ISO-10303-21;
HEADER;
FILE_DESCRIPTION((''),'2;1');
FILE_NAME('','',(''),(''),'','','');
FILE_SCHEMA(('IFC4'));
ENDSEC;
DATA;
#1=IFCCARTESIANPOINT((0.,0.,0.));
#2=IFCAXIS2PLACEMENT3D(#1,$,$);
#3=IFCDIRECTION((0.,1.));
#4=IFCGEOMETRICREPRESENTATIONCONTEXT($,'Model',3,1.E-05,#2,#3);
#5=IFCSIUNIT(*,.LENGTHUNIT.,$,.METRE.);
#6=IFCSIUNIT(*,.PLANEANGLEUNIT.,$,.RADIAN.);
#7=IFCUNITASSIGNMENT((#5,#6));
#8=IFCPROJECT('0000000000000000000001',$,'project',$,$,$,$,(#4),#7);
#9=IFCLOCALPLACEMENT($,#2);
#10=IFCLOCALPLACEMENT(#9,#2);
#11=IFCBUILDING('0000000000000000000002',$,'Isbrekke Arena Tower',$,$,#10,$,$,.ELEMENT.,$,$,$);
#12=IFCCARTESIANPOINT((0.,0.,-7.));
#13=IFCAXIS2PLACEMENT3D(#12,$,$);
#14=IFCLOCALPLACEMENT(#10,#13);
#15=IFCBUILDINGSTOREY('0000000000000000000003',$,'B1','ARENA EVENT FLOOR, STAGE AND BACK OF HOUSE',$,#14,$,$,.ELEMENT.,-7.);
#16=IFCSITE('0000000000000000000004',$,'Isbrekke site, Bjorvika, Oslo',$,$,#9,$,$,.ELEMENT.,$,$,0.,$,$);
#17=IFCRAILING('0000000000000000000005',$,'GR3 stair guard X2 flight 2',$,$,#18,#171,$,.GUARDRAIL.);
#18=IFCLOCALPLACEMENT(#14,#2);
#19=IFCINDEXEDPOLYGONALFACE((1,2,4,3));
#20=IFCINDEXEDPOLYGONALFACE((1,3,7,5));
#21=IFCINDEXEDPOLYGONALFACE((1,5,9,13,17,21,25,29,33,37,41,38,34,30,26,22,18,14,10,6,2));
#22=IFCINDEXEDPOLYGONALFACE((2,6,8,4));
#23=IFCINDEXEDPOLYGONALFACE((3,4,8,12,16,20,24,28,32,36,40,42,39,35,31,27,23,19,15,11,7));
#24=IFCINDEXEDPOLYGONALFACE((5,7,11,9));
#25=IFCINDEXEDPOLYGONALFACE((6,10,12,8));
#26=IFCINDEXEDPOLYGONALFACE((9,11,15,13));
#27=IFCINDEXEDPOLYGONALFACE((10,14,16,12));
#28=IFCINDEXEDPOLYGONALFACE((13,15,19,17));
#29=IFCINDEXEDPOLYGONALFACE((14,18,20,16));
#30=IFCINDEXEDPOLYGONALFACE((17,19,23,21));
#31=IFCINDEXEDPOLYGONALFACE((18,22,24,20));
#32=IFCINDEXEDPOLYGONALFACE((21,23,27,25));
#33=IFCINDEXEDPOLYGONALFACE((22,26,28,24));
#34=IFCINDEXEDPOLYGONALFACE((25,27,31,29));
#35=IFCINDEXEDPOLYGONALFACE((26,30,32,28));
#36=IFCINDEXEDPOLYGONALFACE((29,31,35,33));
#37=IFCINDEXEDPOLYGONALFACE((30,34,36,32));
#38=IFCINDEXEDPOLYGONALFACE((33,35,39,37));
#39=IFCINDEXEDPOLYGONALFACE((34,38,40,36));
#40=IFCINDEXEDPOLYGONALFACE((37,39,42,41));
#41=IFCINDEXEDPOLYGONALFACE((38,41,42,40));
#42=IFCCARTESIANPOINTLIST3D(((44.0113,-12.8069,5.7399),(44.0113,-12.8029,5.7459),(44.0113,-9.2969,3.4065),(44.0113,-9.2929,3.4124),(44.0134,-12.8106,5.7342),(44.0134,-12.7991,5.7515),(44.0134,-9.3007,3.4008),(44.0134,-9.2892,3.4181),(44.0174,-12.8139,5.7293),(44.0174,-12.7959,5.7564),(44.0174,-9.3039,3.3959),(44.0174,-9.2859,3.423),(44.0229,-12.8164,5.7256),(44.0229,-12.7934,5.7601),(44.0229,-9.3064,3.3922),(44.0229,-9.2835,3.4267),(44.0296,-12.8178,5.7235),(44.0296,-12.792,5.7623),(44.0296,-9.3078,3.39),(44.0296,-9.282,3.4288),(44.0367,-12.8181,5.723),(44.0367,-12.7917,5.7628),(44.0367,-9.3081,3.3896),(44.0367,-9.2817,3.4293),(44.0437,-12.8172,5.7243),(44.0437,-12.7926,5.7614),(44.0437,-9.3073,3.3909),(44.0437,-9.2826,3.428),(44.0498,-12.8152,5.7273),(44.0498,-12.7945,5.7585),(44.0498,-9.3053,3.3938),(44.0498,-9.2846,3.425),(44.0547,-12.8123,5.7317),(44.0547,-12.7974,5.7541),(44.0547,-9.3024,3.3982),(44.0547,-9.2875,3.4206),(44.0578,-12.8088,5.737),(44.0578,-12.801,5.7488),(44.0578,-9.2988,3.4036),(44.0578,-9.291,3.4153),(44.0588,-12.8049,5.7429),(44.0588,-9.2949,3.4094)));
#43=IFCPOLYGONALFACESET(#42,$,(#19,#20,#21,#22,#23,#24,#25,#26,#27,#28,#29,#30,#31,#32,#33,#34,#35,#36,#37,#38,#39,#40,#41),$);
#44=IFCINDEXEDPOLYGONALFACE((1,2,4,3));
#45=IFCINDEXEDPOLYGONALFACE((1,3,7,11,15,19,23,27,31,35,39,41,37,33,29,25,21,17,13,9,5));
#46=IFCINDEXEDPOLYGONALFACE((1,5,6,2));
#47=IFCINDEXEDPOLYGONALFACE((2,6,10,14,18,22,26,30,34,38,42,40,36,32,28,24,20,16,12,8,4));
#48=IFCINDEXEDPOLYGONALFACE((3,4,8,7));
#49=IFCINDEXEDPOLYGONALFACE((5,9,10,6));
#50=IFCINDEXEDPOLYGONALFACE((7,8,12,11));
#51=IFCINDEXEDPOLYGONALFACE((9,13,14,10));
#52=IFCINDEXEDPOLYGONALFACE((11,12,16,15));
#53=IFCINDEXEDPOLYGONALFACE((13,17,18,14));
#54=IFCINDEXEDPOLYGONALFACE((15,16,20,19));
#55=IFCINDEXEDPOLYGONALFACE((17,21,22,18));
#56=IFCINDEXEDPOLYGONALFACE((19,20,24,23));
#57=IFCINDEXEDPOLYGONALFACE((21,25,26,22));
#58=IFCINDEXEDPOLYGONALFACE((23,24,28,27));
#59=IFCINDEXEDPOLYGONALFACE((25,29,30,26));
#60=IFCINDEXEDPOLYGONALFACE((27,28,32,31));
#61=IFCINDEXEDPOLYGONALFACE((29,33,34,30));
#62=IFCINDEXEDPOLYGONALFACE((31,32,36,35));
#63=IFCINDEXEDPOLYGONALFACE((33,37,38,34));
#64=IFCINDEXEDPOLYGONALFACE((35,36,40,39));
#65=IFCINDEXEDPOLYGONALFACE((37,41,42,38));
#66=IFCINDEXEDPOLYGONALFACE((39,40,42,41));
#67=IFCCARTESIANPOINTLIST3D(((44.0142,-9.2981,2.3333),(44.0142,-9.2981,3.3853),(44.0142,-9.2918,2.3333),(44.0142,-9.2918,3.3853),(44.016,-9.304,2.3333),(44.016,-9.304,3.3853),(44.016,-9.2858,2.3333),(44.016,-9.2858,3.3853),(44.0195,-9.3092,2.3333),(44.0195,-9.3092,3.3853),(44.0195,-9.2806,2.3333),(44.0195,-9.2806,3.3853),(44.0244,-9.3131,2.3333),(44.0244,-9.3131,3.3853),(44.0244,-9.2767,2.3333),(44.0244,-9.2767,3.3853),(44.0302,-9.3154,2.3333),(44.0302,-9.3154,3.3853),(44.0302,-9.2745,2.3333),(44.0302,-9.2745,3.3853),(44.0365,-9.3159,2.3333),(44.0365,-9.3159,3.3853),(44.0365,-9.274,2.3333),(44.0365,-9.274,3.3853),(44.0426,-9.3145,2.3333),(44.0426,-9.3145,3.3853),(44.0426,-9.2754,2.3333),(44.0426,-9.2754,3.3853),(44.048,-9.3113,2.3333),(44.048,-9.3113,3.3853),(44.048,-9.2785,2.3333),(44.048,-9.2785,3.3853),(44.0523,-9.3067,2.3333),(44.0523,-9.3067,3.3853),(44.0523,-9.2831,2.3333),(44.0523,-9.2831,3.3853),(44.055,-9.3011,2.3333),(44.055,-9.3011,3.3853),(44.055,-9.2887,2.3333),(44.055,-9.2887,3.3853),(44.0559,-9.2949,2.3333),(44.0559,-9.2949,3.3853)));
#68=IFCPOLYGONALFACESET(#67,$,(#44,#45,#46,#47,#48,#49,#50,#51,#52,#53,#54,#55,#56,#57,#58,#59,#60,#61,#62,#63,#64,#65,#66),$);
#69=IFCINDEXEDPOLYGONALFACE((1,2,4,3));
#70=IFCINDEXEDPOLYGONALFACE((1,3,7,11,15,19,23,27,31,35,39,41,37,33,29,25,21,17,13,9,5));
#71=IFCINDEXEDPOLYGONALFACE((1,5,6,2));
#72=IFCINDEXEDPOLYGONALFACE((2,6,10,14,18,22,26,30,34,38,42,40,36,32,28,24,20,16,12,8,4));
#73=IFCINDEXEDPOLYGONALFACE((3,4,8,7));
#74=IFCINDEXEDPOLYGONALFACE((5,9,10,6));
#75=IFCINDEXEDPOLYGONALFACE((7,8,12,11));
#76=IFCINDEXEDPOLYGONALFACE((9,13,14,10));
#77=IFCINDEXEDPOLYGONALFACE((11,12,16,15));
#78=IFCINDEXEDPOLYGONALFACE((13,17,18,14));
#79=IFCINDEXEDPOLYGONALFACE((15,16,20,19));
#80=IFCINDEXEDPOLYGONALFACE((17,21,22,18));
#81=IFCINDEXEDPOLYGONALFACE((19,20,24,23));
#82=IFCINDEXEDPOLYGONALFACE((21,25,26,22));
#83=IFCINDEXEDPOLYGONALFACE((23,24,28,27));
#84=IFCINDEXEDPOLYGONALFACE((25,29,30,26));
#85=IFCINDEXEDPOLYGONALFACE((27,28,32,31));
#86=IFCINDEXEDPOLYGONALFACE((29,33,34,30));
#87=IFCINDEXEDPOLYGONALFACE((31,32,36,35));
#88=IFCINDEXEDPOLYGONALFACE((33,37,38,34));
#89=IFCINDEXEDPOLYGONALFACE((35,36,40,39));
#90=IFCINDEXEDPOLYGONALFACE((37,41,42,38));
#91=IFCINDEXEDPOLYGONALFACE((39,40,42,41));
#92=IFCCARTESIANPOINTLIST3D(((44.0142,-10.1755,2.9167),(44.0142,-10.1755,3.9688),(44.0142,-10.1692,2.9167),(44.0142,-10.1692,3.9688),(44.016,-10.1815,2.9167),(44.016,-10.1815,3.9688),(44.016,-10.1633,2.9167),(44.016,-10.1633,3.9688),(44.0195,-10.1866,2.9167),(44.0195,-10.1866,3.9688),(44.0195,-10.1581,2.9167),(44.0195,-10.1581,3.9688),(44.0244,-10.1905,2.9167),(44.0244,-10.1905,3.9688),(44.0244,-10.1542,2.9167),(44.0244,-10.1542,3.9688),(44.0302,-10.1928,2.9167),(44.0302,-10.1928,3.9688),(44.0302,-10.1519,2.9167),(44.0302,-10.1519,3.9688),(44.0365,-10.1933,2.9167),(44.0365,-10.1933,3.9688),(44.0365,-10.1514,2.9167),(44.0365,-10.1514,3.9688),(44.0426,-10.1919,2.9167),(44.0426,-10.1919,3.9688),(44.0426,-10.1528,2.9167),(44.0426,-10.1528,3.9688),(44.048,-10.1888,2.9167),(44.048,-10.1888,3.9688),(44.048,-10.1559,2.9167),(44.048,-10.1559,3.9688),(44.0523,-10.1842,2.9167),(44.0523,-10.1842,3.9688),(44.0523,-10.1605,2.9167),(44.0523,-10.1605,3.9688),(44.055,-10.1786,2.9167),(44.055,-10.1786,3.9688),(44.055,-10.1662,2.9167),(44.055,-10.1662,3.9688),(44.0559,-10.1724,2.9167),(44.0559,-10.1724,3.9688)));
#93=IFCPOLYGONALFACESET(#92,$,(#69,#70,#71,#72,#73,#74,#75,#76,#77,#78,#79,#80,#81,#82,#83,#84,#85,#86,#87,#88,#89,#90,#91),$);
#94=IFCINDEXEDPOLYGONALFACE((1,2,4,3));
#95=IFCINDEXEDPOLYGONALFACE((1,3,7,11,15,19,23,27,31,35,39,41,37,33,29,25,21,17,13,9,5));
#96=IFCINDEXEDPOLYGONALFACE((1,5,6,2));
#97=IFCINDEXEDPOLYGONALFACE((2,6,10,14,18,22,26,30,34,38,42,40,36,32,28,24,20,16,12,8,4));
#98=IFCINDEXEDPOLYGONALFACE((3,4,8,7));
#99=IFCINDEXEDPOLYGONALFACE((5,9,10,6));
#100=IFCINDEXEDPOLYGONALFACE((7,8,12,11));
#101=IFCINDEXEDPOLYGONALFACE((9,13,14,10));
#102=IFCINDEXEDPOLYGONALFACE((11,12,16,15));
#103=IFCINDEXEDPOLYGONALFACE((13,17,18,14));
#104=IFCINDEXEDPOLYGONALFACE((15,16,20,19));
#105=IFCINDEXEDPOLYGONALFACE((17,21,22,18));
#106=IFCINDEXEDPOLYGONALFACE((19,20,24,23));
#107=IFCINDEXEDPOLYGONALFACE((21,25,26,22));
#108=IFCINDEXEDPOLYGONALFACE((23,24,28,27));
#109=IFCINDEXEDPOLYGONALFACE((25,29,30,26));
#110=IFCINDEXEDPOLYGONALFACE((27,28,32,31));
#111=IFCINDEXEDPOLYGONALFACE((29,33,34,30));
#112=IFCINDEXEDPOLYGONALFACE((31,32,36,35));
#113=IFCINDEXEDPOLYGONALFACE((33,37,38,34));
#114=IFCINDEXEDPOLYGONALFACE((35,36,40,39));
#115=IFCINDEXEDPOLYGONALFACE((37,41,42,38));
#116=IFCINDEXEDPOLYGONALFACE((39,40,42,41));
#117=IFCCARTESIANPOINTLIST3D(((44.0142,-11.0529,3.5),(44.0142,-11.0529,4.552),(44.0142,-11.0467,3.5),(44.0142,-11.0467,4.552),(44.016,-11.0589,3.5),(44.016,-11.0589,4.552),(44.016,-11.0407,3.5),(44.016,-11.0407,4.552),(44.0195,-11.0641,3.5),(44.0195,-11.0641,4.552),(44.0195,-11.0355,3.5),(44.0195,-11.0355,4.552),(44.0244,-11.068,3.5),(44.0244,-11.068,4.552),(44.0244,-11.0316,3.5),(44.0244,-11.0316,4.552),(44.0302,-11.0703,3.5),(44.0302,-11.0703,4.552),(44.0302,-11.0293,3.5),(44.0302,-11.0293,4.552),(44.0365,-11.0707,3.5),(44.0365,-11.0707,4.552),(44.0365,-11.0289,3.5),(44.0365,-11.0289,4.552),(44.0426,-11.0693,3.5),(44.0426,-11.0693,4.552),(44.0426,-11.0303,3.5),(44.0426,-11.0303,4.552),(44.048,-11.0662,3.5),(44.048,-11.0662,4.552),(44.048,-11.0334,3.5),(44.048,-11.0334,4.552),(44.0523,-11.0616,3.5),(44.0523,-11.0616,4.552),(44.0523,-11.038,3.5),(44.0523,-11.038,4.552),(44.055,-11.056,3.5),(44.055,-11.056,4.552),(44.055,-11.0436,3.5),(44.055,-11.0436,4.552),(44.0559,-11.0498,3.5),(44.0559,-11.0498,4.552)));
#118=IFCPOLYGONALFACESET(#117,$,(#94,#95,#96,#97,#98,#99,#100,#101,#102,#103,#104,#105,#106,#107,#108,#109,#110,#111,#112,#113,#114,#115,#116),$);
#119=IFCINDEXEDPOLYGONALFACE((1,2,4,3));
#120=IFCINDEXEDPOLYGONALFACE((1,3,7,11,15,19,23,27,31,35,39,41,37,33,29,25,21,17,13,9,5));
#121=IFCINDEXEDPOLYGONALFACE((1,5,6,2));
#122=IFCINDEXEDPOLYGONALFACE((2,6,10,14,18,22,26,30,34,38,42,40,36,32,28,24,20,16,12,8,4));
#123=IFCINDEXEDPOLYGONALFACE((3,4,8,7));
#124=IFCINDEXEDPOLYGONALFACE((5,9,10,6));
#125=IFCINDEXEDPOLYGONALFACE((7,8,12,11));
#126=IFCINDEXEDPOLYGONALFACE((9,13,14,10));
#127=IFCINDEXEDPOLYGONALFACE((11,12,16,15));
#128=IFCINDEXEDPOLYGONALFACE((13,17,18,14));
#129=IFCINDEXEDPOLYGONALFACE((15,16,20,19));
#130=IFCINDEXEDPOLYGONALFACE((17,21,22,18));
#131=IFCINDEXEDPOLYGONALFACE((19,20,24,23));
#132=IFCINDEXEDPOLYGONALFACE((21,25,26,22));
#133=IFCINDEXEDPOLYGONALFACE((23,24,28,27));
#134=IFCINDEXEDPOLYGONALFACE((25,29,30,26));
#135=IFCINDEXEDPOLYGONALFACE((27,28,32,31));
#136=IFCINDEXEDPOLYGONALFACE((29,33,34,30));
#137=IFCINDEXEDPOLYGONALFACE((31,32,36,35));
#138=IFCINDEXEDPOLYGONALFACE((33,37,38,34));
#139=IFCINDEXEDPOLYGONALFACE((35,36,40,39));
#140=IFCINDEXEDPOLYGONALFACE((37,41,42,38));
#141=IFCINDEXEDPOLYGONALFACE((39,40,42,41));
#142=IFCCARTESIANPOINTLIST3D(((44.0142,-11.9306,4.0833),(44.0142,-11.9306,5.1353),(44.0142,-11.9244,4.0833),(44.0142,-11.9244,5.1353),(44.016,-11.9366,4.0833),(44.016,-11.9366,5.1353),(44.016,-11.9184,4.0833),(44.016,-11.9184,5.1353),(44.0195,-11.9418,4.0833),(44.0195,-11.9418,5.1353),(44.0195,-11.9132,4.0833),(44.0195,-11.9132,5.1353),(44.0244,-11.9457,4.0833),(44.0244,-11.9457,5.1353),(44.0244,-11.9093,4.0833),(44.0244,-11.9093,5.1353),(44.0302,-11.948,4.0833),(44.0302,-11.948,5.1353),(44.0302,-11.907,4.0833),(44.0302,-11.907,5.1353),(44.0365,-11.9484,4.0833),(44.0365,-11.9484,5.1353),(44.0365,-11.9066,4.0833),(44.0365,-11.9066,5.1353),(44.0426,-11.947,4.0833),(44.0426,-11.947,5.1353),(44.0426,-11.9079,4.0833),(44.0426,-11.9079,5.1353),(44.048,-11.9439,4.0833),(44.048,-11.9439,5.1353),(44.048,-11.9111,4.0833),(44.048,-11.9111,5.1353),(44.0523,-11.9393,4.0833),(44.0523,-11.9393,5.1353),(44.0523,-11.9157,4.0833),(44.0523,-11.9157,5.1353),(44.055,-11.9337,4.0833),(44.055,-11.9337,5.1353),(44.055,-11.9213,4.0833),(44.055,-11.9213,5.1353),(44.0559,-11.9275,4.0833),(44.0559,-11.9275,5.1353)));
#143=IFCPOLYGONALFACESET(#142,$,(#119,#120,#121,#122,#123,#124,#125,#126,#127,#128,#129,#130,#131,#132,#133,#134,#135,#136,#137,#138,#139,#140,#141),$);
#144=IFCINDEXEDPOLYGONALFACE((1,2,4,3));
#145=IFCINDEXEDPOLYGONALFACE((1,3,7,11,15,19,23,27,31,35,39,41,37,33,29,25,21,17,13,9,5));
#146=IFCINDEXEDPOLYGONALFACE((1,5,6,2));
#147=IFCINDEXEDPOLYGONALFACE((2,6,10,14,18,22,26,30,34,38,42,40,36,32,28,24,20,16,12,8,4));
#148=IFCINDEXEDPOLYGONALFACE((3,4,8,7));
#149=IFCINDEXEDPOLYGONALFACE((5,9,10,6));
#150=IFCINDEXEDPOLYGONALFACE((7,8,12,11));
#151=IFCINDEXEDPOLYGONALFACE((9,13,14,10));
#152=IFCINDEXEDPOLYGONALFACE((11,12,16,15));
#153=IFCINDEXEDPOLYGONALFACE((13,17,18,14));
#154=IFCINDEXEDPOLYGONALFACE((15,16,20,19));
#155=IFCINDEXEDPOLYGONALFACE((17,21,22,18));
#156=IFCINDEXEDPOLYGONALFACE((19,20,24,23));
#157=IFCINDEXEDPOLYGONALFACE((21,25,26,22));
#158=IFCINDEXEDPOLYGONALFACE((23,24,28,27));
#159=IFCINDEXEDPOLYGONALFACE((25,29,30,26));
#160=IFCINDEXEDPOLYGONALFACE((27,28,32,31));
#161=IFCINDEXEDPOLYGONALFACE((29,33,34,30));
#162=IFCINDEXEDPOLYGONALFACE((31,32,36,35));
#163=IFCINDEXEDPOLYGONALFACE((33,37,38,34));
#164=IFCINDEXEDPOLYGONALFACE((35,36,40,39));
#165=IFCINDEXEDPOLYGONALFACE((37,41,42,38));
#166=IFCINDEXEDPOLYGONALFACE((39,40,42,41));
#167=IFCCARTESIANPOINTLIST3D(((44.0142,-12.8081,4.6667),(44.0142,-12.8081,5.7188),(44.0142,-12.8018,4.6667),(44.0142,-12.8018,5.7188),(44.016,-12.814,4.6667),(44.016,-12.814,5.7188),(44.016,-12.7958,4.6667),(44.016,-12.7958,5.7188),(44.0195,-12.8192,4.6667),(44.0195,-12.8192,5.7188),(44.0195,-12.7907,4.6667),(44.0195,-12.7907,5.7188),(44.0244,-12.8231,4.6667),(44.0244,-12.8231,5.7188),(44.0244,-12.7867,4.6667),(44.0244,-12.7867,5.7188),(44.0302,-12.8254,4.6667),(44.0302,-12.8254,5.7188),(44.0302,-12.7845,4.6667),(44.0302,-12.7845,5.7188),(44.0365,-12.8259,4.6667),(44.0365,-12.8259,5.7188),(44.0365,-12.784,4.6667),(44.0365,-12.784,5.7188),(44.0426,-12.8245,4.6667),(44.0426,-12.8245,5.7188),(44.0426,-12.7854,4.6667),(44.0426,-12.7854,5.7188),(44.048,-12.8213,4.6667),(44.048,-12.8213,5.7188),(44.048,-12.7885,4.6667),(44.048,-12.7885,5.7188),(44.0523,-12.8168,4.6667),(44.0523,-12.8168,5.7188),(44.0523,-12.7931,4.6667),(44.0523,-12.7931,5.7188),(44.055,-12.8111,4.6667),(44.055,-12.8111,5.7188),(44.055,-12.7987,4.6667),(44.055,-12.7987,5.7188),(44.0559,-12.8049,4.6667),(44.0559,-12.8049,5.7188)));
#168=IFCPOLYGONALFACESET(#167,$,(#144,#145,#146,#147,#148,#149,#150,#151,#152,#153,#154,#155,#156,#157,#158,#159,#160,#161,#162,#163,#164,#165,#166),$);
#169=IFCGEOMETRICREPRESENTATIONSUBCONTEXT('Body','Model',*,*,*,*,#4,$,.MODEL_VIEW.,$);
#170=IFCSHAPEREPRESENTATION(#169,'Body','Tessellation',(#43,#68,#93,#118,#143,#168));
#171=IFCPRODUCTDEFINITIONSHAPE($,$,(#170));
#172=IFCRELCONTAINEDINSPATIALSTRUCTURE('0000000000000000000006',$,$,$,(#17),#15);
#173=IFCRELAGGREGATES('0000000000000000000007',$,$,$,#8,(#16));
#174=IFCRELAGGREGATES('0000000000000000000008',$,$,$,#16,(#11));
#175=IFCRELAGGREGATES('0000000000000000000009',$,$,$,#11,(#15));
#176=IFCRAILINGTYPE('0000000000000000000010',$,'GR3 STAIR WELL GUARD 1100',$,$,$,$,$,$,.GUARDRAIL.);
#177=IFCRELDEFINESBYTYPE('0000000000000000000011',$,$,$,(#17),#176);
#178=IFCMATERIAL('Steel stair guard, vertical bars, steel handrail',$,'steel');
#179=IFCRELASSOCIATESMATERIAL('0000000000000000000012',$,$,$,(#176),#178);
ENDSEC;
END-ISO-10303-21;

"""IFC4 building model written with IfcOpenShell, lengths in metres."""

from ifc_helpers import new_model, si_unit, direction, frame, origin, origin_2d, place, context, subcontext, project, spatial, circle, extrude, material, type_object, element, save


model = new_model("IFC4")

# Units and contexts
model_context = context("Model", 3, precision=1e-05, world=origin(), true_north=direction((0.0, 1.0)))
body_context = subcontext(model_context, "Body", "Model", "MODEL_VIEW")
ifc_project = project(units=[si_unit("LENGTHUNIT", "METRE"), si_unit("PLANEANGLEUNIT", "RADIAN")], contexts=[model_context])

# Site, building, storey
site_placement = place(None, origin())
site = spatial("IfcSite", under=ifc_project, at=site_placement, Name="Isbrekke site, Bjorvika, Oslo", CompositionType="ELEMENT", RefElevation=0.0)
building_placement = place(site_placement, origin())
building = spatial("IfcBuilding", under=site, at=building_placement, Name="Isbrekke Arena Tower", CompositionType="ELEMENT")
storey_placement = place(building_placement, frame((0.0, 0.0, -7.0)))
storey = spatial("IfcBuildingStorey", under=building, at=storey_placement, Name="B1", Description="ARENA EVENT FLOOR, STAGE AND BACK OF HOUSE", CompositionType="ELEMENT", Elevation=-7.0)

# Railing
ifc_material_1 = material(Name="Steel stair guard, vertical bars, steel handrail", Category="steel")
railing_type = type_object("IfcRailingType", Name="GR3 STAIR WELL GUARD 1100", PredefinedType="GUARDRAIL", material=ifc_material_1)
railing_1_placement = place(storey_placement, frame((44.0349, -9.2949, 2.3333)))
element("IfcRailing", 1, at=railing_1_placement, inside=storey, type_object=railing_type, Name="GR3 stair guard X2 flight 2", PredefinedType="GUARDRAIL", context=body_context, shape_type="SweptSolid", body=[
    extrude(circle(Radius=0.0239, at=origin_2d()), frame((0.0, 0.0, 1.0762), z_axis=(0.0, -0.832763, 0.55363), x_axis=(1.0, 0.0, 0.0)), (0.0, 0.0, 1.0), 4.2148),
    extrude(circle(Radius=0.021, at=origin_2d()), origin(), (0.0, 0.0, 1.0), 1.052),
    extrude(circle(Radius=0.021, at=origin_2d()), frame((0.0, -0.8774, 0.5835)), (0.0, 0.0, 1.0), 1.052),
    extrude(circle(Radius=0.021, at=origin_2d()), frame((0.0, -1.7549, 1.1667)), (0.0, 0.0, 1.0), 1.052),
    extrude(circle(Radius=0.021, at=origin_2d()), frame((0.0, -2.6326, 1.75)), (0.0, 0.0, 1.0), 1.052),
    extrude(circle(Radius=0.021, at=origin_2d()), frame((0.0, -3.51, 2.3335)), (0.0, 0.0, 1.0), 1.052),
])

save(model, "model.ifc")
